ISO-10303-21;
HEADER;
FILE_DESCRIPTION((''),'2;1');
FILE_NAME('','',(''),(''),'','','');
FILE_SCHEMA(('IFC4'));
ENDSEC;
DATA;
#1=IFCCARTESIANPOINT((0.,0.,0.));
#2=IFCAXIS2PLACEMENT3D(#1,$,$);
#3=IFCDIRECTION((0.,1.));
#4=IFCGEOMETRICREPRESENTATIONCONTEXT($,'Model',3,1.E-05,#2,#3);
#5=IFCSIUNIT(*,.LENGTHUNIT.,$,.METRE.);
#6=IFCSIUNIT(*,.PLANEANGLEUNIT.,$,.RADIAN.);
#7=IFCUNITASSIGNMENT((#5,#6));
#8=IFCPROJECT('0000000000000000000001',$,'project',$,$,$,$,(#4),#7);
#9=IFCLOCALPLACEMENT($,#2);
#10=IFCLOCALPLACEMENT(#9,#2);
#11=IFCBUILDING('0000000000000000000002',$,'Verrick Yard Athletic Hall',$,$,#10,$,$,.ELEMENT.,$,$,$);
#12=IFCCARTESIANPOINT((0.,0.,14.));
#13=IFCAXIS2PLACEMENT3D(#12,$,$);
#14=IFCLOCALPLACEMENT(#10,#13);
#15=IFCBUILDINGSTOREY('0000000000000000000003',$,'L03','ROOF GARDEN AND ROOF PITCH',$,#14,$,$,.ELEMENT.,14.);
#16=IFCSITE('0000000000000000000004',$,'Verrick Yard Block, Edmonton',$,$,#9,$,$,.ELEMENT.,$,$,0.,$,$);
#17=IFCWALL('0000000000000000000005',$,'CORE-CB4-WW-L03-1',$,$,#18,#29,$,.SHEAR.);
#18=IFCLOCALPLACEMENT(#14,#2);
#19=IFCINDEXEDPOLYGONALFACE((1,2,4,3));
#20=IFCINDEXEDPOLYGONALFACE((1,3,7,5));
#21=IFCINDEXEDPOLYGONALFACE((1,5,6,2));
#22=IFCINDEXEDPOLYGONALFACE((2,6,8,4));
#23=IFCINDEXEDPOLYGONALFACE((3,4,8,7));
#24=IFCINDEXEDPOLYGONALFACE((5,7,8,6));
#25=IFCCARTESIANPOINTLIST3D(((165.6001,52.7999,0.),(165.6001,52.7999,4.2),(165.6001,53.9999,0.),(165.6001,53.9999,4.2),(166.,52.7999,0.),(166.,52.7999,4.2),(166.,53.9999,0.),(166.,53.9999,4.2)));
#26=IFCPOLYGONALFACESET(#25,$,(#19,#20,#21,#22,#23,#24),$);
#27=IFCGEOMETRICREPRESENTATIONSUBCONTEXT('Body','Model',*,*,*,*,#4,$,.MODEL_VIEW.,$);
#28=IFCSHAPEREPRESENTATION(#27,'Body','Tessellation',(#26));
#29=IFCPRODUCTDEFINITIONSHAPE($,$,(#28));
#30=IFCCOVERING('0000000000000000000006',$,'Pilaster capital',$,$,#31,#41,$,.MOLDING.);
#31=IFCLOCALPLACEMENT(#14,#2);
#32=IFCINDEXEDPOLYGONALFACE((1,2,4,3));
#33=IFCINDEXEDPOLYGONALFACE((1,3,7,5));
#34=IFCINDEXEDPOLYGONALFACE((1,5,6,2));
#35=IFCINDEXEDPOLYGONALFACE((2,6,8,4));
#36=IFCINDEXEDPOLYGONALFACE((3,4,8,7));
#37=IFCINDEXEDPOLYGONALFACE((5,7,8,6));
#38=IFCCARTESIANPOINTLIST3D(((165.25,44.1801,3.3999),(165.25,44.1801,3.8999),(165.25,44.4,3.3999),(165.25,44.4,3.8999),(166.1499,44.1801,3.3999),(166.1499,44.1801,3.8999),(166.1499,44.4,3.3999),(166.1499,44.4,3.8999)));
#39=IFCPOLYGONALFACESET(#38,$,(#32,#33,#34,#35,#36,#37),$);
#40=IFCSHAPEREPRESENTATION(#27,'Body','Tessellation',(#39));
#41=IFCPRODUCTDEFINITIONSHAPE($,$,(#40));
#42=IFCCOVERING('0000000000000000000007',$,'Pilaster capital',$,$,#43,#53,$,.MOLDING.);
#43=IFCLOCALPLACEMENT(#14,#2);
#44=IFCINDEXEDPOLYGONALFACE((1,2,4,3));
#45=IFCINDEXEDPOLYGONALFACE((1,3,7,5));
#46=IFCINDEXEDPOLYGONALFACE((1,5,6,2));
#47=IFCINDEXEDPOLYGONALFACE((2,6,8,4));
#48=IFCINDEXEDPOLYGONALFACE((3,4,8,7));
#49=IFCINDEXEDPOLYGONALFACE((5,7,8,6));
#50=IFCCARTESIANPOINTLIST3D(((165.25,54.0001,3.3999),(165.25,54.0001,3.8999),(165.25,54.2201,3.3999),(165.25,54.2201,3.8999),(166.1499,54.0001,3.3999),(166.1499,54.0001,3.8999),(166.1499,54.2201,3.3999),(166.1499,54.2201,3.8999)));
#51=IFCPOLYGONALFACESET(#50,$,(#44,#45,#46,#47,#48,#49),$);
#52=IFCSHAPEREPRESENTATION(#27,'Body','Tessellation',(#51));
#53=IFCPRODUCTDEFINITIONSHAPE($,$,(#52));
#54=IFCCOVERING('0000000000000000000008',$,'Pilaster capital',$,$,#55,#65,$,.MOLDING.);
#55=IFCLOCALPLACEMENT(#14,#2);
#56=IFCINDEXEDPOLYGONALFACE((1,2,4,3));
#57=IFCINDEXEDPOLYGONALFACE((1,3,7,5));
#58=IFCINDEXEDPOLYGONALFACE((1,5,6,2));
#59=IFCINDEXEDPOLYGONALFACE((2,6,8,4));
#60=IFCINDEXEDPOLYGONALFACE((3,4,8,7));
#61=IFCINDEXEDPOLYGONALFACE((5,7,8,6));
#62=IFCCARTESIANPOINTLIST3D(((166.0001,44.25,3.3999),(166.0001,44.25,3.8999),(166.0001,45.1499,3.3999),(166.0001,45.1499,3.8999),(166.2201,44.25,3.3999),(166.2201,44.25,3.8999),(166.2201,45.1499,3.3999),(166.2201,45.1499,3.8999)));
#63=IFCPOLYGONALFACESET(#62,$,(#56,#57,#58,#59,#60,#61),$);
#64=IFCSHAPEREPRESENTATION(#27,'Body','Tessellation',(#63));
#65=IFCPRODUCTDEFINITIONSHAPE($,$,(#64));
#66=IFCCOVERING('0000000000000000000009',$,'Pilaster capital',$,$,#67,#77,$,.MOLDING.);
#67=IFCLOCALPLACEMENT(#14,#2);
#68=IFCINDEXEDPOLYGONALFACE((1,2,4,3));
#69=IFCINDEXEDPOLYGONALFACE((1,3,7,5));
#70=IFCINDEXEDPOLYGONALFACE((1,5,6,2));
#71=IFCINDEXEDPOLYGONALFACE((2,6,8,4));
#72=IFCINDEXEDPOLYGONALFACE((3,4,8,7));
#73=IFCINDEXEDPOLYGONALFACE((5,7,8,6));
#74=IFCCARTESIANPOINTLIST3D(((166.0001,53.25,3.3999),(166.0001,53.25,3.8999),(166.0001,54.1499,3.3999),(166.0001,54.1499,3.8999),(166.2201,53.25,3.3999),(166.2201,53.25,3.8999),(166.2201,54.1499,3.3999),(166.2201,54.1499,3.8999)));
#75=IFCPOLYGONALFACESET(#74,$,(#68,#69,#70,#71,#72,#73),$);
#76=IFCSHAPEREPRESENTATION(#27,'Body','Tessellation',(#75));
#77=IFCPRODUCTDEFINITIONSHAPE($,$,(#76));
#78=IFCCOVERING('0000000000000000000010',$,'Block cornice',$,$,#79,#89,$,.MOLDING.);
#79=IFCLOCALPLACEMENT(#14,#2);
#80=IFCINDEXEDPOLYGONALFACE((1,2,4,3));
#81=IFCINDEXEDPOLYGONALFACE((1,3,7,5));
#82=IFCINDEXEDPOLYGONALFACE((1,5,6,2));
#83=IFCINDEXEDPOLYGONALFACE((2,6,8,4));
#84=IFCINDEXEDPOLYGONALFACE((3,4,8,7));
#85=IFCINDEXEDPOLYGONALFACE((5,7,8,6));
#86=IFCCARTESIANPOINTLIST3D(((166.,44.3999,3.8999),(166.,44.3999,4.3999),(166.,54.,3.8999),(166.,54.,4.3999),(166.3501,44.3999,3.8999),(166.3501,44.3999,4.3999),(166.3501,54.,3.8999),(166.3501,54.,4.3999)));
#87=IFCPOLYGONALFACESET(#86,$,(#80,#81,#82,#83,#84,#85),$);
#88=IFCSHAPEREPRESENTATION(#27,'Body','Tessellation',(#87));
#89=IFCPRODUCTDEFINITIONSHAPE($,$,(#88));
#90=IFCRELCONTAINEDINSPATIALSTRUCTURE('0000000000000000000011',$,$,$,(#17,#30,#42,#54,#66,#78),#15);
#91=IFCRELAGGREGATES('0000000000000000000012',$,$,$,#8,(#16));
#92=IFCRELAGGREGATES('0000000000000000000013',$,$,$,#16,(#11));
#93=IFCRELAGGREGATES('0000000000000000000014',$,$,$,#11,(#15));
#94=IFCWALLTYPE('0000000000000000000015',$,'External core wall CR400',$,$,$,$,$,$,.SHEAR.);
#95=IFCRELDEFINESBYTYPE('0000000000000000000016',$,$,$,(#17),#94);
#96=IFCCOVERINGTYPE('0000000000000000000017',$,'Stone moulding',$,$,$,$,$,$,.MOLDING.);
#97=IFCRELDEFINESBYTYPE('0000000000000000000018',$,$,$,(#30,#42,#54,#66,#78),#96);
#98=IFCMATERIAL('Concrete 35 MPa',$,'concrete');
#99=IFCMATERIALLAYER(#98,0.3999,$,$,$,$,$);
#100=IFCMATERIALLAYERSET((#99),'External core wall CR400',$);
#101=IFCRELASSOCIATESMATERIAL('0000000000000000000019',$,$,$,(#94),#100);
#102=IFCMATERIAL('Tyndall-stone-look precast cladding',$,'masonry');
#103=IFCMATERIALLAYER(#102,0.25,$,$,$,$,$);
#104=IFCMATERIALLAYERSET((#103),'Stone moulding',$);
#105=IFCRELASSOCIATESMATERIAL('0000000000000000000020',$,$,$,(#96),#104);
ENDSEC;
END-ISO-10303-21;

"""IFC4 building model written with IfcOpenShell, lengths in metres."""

from ifc_helpers import new_model, si_unit, direction, frame, frame_2d, origin, origin_2d, place, context, subcontext, project, spatial, rectangle, extrude, material, layer, layer_set, type_object, element, save


model = new_model("IFC4")

# Units and contexts
model_context = context("Model", 3, precision=1e-05, world=origin(), true_north=direction((0.0, 1.0)))
body_context = subcontext(model_context, "Body", "Model", "MODEL_VIEW")
ifc_project = project(units=[si_unit("LENGTHUNIT", "METRE"), si_unit("PLANEANGLEUNIT", "RADIAN")], contexts=[model_context])

# Site, building, storey
site_placement = place(None, origin())
site = spatial("IfcSite", under=ifc_project, at=site_placement, Name="Verrick Yard Block, Edmonton", CompositionType="ELEMENT", RefElevation=0.0)
building_placement = place(site_placement, origin())
building = spatial("IfcBuilding", under=site, at=building_placement, Name="Verrick Yard Athletic Hall", CompositionType="ELEMENT")
storey_placement = place(building_placement, frame((0.0, 0.0, 14.0)))
storey = spatial("IfcBuildingStorey", under=building, at=storey_placement, Name="L03", Description="ROOF GARDEN AND ROOF PITCH", CompositionType="ELEMENT", Elevation=14.0)

# Wall
ifc_material_1 = material(Name="Concrete 35 MPa", Category="concrete")
ifc_layer_1 = layer(ifc_material_1, 0.3999)
ifc_layer_set_1 = layer_set([ifc_layer_1], Name="External core wall CR400")
wall_type = type_object("IfcWallType", Name="External core wall CR400", PredefinedType="SHEAR", material=ifc_layer_set_1)
wall_1_placement = place(storey_placement, frame((165.8, 54.0, 0.0), z_axis=(0.0, 0.0, 1.0), x_axis=(0.0, -1.0, 0.0)))
element("IfcWall", 1, at=wall_1_placement, inside=storey, type_object=wall_type, Name="CORE-CB4-WW-L03-1", PredefinedType="SHEAR", context=body_context, shape_type="SweptSolid", body=[
    extrude(rectangle(XDim=1.2, YDim=0.3999, at=frame_2d((0.6001, 0.0))), origin(), (0.0, 0.0, 1.0), 4.2),
])

# Coverings
ifc_material_2 = material(Name="Tyndall-stone-look precast cladding", Category="masonry")
ifc_layer_2 = layer(ifc_material_2, 0.25)
ifc_layer_set_2 = layer_set([ifc_layer_2], Name="Stone moulding")
covering_type = type_object("IfcCoveringType", Name="Stone moulding", PredefinedType="MOLDING", material=ifc_layer_set_2)
for number, where, z_axis, x_axis, name in (
    (2, (165.7, 44.29, 3.3999), (0.0, 0.0, 1.0), (1.0, 0.0, 0.0), "Pilaster capital"),
    (3, (165.7, 54.1101, 3.3999), (0.0, 0.0, 1.0), (1.0, 0.0, 0.0), "Pilaster capital"),
):
    element("IfcCovering", number, at=place(storey_placement, frame(where, z_axis=z_axis, x_axis=x_axis)), inside=storey, type_object=covering_type, Name=name, PredefinedType="MOLDING", context=body_context, shape_type="SweptSolid", body=[
        extrude(rectangle(XDim=0.8999, YDim=0.22, at=origin_2d()), origin(), (0.0, 0.0, 1.0), 0.5),
    ])
for number, where, z_axis, x_axis, name in (
    (4, (166.1101, 44.7, 3.3999), (0.0, 0.0, 1.0), (1.0, 0.0, 0.0), "Pilaster capital"),
    (5, (166.1101, 53.7, 3.3999), (0.0, 0.0, 1.0), (1.0, 0.0, 0.0), "Pilaster capital"),
):
    element("IfcCovering", number, at=place(storey_placement, frame(where, z_axis=z_axis, x_axis=x_axis)), inside=storey, type_object=covering_type, Name=name, PredefinedType="MOLDING", context=body_context, shape_type="SweptSolid", body=[
        extrude(rectangle(XDim=0.22, YDim=0.8999, at=origin_2d()), origin(), (0.0, 0.0, 1.0), 0.5),
    ])
covering_placement = place(storey_placement, frame((166.175, 49.2, 3.8999), z_axis=(0.0, 0.0, 1.0), x_axis=(1.0, 0.0, 0.0)))
element("IfcCovering", 6, at=covering_placement, inside=storey, type_object=covering_type, Name="Block cornice", PredefinedType="MOLDING", context=body_context, shape_type="SweptSolid", body=[
    extrude(rectangle(XDim=0.3501, YDim=9.6001, at=origin_2d()), origin(), (0.0, 0.0, 1.0), 0.5),
])

save(model, "model.ifc")
